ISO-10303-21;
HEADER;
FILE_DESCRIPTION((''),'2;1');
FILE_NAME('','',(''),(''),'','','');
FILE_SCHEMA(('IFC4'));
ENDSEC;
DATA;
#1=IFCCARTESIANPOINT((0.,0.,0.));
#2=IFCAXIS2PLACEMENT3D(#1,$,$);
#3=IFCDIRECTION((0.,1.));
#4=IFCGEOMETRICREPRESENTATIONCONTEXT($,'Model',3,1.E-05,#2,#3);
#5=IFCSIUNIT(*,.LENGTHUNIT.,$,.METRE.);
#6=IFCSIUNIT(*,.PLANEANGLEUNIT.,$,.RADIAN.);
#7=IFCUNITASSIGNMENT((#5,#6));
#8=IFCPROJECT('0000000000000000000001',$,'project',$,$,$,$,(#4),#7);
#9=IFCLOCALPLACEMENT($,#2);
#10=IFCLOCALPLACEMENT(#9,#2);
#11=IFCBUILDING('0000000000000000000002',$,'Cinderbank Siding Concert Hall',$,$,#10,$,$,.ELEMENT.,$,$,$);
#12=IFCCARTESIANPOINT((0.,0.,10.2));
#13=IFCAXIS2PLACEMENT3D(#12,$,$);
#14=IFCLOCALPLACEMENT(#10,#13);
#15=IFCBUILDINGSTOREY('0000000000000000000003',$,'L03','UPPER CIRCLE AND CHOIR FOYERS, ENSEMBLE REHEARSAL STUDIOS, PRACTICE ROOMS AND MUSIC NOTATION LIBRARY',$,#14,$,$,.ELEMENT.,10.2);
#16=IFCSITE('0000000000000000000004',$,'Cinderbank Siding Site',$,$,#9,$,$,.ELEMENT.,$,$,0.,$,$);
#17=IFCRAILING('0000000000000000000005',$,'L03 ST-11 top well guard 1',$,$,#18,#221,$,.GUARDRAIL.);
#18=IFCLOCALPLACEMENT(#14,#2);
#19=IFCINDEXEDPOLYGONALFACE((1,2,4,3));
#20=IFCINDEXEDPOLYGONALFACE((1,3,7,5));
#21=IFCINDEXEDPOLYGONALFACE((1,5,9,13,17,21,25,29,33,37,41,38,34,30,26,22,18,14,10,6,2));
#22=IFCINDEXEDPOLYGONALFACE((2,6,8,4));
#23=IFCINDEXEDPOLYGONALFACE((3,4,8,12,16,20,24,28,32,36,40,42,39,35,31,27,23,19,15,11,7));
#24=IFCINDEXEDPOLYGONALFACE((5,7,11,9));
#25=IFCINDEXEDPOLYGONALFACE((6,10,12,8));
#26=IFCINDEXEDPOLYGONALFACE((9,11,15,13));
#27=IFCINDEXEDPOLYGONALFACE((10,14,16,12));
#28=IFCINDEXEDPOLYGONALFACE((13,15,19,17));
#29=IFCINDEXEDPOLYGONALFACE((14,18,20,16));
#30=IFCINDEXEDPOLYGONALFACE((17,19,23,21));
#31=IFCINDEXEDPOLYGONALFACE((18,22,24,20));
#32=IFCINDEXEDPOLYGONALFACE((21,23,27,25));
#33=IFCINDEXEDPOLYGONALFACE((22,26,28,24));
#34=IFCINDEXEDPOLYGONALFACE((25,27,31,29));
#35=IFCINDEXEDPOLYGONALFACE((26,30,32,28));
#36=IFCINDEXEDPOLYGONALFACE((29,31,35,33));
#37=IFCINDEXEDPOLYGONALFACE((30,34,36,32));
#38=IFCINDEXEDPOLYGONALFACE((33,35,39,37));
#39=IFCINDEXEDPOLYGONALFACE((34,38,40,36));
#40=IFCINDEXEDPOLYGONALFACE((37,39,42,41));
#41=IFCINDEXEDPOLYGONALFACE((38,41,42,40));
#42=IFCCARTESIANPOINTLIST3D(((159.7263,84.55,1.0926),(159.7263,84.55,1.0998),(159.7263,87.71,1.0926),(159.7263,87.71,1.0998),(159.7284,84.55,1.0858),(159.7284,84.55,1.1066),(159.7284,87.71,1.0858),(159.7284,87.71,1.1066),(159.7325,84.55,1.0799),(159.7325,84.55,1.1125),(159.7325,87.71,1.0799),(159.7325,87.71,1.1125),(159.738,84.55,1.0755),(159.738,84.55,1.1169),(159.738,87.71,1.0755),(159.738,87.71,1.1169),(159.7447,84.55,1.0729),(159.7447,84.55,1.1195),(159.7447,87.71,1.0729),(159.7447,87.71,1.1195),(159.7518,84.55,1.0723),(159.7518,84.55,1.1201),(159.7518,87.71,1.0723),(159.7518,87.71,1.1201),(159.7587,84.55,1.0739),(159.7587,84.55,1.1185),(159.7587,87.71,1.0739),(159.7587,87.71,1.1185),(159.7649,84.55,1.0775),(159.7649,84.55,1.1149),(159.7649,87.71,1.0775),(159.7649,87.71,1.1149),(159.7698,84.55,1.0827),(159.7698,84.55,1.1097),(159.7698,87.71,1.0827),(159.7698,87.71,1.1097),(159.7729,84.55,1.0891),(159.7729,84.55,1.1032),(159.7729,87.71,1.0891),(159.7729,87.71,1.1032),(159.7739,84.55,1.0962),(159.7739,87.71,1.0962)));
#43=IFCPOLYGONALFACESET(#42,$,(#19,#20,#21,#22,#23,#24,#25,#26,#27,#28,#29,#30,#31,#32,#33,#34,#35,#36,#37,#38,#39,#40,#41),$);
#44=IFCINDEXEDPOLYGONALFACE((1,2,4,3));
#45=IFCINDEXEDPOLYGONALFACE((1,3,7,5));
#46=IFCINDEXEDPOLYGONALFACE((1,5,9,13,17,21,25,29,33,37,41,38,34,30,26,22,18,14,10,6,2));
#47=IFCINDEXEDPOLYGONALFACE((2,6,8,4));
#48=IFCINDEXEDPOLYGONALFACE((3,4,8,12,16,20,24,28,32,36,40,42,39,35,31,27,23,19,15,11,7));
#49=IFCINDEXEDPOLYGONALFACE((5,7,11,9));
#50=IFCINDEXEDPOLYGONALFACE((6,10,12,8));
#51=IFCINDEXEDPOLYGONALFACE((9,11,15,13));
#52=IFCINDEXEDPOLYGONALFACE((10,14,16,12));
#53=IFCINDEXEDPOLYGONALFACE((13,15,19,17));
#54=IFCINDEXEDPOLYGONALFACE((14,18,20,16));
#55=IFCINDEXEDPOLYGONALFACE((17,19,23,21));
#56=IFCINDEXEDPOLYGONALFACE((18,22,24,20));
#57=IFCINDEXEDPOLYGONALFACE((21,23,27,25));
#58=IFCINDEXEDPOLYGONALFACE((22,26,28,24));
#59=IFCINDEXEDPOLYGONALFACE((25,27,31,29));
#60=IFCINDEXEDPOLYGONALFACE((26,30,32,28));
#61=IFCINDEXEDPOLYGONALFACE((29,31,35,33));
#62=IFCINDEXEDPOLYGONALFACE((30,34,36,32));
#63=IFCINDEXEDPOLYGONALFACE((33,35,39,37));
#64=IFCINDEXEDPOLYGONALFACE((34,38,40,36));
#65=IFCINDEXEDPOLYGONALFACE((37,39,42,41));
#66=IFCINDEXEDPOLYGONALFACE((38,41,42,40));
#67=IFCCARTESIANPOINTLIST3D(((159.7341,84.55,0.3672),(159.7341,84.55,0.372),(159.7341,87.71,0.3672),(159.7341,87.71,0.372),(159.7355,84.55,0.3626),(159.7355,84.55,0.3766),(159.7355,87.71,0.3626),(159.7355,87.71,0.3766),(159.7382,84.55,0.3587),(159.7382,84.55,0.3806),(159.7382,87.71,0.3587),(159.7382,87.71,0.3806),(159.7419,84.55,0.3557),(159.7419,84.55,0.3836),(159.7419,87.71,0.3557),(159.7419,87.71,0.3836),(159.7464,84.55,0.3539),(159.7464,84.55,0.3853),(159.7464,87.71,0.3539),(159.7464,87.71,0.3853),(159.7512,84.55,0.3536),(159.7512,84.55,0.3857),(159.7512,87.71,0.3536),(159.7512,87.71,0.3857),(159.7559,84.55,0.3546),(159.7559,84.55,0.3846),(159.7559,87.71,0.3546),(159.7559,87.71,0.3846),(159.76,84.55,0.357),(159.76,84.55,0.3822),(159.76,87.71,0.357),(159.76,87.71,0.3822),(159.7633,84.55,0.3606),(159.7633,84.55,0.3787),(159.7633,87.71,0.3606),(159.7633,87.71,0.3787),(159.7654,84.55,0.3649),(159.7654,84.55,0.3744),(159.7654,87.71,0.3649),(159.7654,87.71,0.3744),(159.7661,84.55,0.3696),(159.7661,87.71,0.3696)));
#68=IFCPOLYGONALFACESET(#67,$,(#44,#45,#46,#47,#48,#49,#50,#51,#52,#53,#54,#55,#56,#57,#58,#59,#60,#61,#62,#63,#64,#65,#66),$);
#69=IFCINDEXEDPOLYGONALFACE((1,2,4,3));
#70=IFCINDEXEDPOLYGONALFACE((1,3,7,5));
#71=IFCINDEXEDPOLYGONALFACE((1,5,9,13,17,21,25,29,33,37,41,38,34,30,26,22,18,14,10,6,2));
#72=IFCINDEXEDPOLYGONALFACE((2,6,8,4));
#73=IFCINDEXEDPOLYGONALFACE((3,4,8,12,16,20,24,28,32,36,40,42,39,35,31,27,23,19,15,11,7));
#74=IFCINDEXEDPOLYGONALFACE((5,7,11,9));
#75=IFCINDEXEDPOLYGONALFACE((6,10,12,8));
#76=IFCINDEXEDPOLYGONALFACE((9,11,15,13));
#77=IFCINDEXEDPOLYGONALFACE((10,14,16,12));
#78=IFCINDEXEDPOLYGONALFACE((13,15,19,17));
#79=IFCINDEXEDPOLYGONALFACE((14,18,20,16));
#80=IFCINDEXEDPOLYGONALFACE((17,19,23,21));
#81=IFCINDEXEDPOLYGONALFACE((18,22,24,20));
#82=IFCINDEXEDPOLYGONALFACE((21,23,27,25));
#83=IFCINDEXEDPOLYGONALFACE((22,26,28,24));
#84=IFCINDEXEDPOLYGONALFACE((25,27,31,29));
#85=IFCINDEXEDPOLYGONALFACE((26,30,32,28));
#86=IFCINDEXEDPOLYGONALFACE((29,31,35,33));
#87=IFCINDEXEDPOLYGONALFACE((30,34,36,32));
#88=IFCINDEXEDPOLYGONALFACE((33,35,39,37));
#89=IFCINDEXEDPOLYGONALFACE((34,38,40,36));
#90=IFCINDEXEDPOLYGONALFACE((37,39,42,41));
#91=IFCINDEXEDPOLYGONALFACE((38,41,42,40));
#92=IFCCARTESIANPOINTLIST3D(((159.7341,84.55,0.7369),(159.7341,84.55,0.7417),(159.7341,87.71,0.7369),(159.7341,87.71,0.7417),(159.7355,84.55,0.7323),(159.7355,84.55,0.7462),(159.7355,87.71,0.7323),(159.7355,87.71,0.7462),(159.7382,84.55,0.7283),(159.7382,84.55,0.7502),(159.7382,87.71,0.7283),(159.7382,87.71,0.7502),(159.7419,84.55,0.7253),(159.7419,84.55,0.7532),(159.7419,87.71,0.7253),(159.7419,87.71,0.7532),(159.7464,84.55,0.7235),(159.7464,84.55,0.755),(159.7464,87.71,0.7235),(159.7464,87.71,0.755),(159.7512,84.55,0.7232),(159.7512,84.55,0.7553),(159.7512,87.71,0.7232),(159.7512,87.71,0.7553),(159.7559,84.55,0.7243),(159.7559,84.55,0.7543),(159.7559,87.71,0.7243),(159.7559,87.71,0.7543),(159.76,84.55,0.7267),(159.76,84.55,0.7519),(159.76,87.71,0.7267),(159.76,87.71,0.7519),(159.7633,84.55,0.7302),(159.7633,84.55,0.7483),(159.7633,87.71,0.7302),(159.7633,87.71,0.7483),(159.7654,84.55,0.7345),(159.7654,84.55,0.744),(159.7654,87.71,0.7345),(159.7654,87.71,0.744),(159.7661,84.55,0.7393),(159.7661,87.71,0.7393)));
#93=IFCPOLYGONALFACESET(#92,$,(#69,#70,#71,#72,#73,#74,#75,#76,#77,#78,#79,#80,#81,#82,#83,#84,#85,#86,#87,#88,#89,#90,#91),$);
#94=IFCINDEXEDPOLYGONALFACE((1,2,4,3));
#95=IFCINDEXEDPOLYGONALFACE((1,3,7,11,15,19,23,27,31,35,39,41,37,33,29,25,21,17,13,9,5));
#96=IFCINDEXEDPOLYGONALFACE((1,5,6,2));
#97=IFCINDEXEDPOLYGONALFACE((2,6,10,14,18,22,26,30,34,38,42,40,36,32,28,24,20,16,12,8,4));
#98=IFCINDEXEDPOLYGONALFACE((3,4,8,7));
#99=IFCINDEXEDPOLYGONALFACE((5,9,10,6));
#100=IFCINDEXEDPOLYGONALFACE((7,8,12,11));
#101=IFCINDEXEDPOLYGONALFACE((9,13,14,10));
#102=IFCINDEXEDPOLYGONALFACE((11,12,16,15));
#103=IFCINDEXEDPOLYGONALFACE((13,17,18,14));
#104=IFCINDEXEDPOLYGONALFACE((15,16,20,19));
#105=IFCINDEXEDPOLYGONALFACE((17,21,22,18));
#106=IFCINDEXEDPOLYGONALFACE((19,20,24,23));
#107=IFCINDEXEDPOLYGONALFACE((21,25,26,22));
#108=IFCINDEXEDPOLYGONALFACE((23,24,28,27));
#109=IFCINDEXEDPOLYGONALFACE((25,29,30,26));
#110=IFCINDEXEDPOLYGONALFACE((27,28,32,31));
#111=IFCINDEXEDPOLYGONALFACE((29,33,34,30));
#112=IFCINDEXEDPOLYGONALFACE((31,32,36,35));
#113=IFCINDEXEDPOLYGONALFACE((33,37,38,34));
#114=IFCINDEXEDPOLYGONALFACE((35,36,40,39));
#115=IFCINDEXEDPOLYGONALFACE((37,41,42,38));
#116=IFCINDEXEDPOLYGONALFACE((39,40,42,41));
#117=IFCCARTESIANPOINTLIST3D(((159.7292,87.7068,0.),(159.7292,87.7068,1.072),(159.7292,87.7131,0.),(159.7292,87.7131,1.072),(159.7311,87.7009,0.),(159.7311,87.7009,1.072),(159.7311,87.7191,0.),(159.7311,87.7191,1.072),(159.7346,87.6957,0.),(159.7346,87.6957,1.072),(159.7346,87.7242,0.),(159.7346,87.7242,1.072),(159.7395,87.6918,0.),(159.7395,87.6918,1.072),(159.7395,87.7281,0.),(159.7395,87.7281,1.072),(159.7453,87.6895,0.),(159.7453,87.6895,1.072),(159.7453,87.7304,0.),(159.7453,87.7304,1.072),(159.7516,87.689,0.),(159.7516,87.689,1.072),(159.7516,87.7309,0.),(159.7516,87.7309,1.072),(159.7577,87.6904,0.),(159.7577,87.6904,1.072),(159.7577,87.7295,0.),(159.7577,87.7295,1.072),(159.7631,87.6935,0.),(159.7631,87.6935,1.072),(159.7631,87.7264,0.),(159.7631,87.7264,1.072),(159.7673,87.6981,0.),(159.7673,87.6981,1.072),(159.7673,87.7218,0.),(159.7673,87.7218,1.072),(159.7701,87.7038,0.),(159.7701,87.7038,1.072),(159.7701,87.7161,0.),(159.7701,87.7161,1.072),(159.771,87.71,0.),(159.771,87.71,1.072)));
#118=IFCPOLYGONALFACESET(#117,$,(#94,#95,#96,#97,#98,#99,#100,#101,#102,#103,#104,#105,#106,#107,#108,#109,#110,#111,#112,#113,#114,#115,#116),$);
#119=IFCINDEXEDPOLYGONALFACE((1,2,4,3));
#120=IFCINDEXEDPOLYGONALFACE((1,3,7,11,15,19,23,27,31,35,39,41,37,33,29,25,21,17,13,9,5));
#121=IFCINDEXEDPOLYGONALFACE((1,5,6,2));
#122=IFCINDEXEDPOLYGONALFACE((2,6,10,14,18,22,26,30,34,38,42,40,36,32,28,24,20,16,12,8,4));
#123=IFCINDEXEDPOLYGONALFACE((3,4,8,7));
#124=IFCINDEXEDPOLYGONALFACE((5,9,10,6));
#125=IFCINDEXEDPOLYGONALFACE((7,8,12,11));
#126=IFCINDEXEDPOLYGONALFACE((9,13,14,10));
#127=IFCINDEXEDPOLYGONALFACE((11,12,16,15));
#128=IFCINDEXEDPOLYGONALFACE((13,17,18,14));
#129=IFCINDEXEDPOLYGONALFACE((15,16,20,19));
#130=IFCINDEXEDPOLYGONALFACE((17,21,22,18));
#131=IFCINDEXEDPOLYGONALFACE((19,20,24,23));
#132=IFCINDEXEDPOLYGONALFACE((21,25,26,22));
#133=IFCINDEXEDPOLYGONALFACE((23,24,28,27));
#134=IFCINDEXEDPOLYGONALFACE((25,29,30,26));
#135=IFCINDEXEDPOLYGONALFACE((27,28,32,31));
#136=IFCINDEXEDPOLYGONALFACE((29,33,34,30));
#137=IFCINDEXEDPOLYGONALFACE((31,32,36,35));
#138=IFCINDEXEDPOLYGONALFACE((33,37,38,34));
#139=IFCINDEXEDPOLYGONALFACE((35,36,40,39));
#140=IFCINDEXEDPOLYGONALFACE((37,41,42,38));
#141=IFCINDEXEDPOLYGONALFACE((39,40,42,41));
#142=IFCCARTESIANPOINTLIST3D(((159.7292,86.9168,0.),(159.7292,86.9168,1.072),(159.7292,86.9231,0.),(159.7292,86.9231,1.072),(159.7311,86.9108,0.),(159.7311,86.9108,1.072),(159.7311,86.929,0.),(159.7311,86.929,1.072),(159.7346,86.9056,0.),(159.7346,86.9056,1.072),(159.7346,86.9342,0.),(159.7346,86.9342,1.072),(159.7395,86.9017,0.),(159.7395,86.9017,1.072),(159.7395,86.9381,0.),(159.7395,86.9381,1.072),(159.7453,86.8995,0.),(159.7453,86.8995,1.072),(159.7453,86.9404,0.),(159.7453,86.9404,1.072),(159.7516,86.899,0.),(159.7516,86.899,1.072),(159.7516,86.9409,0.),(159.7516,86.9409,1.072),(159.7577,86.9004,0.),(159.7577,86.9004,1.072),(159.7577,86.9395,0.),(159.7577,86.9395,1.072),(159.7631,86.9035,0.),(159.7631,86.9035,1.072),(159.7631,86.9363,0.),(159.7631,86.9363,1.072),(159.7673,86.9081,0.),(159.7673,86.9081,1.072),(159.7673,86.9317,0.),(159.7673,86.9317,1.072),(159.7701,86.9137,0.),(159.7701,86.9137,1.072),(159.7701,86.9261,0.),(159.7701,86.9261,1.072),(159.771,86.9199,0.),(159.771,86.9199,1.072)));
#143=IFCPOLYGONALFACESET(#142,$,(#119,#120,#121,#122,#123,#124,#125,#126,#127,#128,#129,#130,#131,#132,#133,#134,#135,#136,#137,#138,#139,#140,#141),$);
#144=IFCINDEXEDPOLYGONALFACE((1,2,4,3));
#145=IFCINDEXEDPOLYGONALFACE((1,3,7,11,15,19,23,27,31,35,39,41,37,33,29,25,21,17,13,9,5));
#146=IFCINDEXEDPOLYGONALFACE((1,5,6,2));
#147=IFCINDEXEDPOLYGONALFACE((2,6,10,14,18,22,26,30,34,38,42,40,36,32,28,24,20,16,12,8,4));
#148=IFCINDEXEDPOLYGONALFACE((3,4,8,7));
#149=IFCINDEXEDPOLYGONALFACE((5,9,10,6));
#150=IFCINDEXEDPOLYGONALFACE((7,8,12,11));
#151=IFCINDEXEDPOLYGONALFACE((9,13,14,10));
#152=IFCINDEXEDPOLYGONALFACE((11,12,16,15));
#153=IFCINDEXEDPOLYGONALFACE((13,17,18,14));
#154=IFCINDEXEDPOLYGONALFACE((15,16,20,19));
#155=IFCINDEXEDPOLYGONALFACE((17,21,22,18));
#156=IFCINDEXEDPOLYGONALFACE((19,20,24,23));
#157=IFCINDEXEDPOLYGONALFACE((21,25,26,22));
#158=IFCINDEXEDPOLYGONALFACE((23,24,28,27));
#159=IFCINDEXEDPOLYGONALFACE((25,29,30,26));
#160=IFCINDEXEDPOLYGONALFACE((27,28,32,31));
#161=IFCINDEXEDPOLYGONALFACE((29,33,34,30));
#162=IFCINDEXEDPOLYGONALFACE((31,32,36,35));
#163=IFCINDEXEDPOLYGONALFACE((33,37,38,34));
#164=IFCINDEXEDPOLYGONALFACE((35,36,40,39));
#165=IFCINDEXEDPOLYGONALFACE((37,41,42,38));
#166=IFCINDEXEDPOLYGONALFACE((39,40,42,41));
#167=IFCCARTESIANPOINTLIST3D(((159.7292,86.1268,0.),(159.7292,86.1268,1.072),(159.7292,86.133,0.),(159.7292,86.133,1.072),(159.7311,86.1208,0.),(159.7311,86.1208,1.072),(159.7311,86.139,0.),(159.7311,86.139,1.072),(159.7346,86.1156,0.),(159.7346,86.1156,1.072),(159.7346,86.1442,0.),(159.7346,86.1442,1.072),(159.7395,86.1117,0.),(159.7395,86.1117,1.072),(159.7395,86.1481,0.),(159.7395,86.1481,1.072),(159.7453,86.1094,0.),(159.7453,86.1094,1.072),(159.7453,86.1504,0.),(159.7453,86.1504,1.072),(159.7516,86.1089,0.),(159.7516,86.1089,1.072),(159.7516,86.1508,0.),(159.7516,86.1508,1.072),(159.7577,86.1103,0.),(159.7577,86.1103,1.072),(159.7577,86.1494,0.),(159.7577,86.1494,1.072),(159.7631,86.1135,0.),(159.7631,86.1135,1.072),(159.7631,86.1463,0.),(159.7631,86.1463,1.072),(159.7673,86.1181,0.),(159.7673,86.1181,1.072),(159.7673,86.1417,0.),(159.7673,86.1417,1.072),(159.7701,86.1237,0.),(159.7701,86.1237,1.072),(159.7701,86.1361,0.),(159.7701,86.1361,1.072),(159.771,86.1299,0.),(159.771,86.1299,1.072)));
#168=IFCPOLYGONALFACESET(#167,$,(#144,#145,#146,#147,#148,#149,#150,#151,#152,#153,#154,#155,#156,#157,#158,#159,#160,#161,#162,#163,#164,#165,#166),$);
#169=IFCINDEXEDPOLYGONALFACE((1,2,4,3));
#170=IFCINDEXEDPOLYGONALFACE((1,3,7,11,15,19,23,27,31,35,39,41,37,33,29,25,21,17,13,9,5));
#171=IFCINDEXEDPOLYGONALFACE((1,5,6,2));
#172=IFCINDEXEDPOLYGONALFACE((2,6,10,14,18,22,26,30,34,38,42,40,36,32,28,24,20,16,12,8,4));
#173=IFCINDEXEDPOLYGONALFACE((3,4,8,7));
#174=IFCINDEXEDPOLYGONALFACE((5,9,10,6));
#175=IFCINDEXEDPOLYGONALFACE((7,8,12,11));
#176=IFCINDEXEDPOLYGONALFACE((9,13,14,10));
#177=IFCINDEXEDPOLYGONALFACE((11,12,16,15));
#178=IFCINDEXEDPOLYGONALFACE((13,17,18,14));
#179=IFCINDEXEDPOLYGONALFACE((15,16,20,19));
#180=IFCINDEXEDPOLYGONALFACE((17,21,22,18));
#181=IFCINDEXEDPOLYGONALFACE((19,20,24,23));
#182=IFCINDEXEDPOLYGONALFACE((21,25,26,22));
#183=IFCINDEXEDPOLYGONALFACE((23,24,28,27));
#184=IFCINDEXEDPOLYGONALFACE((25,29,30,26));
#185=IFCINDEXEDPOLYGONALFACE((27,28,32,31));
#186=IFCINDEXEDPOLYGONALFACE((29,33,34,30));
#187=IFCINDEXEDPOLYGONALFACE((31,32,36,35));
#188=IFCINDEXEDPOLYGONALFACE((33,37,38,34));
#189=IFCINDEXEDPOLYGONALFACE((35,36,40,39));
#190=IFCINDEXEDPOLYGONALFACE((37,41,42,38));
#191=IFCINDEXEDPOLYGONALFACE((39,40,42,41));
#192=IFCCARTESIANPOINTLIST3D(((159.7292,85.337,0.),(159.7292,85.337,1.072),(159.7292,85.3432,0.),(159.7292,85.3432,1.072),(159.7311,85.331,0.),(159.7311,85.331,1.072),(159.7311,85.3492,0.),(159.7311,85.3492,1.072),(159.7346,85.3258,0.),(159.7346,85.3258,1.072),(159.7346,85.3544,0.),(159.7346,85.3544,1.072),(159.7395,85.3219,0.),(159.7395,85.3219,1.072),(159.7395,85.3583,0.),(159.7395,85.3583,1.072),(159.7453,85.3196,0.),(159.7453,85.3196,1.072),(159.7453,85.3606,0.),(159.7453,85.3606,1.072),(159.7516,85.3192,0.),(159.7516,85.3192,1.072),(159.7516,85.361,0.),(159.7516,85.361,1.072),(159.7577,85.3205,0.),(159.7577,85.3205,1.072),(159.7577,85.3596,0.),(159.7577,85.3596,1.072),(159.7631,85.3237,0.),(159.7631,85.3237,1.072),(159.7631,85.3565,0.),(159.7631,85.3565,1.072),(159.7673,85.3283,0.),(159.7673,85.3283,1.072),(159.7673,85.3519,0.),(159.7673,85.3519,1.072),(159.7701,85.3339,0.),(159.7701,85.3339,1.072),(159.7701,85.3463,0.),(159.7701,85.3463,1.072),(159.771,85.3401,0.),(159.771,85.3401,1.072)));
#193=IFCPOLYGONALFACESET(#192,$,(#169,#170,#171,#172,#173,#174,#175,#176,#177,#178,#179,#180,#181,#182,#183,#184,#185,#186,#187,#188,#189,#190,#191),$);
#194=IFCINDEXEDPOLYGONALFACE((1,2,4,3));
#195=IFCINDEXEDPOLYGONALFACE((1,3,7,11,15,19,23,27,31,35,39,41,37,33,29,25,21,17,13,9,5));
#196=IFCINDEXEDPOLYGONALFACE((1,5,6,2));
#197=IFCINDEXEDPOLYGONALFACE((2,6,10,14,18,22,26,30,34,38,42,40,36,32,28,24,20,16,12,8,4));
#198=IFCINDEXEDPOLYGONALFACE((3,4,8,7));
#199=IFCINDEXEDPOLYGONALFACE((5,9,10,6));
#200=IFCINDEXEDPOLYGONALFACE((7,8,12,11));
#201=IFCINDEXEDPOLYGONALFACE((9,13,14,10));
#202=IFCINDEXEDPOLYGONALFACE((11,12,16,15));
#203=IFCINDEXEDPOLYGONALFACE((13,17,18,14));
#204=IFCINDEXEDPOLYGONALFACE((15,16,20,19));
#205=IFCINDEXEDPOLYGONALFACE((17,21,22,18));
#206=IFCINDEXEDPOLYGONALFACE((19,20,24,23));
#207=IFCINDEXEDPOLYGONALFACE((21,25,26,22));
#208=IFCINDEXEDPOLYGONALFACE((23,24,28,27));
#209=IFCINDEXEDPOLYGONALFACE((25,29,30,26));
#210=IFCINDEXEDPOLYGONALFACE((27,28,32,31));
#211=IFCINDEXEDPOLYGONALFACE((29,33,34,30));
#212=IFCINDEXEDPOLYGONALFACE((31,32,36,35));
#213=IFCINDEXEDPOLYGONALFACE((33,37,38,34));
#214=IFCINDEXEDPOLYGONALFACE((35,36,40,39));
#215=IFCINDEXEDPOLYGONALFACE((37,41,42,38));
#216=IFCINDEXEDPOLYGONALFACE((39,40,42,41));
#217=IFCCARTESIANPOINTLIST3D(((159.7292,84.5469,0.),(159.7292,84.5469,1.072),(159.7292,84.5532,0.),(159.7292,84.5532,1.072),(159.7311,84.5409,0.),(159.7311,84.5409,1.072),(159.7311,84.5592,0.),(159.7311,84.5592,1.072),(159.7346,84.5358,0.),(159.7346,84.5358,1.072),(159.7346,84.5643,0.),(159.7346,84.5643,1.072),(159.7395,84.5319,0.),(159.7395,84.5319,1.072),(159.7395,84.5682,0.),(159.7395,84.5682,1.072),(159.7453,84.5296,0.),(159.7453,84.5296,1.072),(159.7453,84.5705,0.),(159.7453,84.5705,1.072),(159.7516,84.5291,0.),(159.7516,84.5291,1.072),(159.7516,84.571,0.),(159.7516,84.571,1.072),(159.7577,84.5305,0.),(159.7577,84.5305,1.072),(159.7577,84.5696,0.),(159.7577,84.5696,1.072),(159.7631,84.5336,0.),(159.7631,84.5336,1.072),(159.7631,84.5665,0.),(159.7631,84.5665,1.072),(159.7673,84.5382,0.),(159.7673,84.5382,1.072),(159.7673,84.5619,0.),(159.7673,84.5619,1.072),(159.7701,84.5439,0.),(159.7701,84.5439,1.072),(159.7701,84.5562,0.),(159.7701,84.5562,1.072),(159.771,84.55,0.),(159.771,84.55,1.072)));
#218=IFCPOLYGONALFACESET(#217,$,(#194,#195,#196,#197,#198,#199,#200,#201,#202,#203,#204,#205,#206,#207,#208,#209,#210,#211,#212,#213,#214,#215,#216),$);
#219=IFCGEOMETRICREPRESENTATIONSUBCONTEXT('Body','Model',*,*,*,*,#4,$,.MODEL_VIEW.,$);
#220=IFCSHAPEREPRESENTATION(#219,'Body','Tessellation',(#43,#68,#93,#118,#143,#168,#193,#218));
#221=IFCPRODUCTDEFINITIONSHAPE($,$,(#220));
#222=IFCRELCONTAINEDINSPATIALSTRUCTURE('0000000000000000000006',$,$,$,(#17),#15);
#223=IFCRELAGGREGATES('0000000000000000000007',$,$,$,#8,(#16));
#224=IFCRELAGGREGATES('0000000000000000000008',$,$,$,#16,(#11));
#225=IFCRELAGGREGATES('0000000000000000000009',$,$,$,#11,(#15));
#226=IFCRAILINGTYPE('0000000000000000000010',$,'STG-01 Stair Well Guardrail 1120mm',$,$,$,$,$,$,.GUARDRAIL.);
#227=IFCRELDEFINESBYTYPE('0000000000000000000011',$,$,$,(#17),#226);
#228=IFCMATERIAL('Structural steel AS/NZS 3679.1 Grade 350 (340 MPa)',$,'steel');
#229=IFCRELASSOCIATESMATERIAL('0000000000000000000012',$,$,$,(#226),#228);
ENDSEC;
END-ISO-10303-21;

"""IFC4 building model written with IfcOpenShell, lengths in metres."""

from ifc_helpers import new_model, si_unit, direction, frame, origin, origin_2d, place, context, subcontext, project, spatial, circle, extrude, material, type_object, element, save


model = new_model("IFC4")

# Units and contexts
model_context = context("Model", 3, precision=1e-05, world=origin(), true_north=direction((0.0, 1.0)))
body_context = subcontext(model_context, "Body", "Model", "MODEL_VIEW")
ifc_project = project(units=[si_unit("LENGTHUNIT", "METRE"), si_unit("PLANEANGLEUNIT", "RADIAN")], contexts=[model_context])

# Site, building, storey
site_placement = place(None, origin())
site = spatial("IfcSite", under=ifc_project, at=site_placement, Name="Cinderbank Siding Site", CompositionType="ELEMENT", RefElevation=0.0)
building_placement = place(site_placement, origin())
building = spatial("IfcBuilding", under=site, at=building_placement, Name="Cinderbank Siding Concert Hall", CompositionType="ELEMENT")
storey_placement = place(building_placement, frame((0.0, 0.0, 10.2)))
storey = spatial("IfcBuildingStorey", under=building, at=storey_placement, Name="L03", Description="UPPER CIRCLE AND CHOIR FOYERS, ENSEMBLE REHEARSAL STUDIOS, PRACTICE ROOMS AND MUSIC NOTATION LIBRARY", CompositionType="ELEMENT", Elevation=10.2)

# Shared definitions
ifc_material_1 = material(Name="Structural steel AS/NZS 3679.1 Grade 350 (340 MPa)", Category="steel")

# Railing
railing_type = type_object("IfcRailingType", Name="STG-01 Stair Well Guardrail 1120mm", PredefinedType="GUARDRAIL", material=ifc_material_1)
railing_placement = place(storey_placement, frame((159.75, 87.71, 0.0)))
element("IfcRailing", 1, at=railing_placement, inside=storey, type_object=railing_type, Name="L03 ST-11 top well guard 1", PredefinedType="GUARDRAIL", context=body_context, shape_type="SweptSolid", body=[
    extrude(circle(Radius=0.0239, at=origin_2d()), frame((0.0, 0.0, 1.0962), z_axis=(0.0, -1.0, 0.0), x_axis=(1.0, 0.0, 0.0)), (0.0, 0.0, 1.0), 3.1599),
    extrude(circle(Radius=0.0161, at=origin_2d()), frame((0.0, 0.0, 0.3696), z_axis=(0.0, -1.0, 0.0), x_axis=(1.0, 0.0, 0.0)), (0.0, 0.0, 1.0), 3.1599),
    extrude(circle(Radius=0.0161, at=origin_2d()), frame((0.0, 0.0, 0.7393), z_axis=(0.0, -1.0, 0.0), x_axis=(1.0, 0.0, 0.0)), (0.0, 0.0, 1.0), 3.1599),
    extrude(circle(Radius=0.021, at=origin_2d()), origin(), (0.0, 0.0, 1.0), 1.072),
    extrude(circle(Radius=0.021, at=origin_2d()), frame((0.0, -0.79, 0.0)), (0.0, 0.0, 1.0), 1.072),
    extrude(circle(Radius=0.021, at=origin_2d()), frame((0.0, -1.5801, 0.0)), (0.0, 0.0, 1.0), 1.072),
    extrude(circle(Radius=0.021, at=origin_2d()), frame((0.0, -2.3699, 0.0)), (0.0, 0.0, 1.0), 1.072),
    extrude(circle(Radius=0.021, at=origin_2d()), frame((0.0, -3.1599, 0.0)), (0.0, 0.0, 1.0), 1.072),
])

save(model, "model.ifc")
